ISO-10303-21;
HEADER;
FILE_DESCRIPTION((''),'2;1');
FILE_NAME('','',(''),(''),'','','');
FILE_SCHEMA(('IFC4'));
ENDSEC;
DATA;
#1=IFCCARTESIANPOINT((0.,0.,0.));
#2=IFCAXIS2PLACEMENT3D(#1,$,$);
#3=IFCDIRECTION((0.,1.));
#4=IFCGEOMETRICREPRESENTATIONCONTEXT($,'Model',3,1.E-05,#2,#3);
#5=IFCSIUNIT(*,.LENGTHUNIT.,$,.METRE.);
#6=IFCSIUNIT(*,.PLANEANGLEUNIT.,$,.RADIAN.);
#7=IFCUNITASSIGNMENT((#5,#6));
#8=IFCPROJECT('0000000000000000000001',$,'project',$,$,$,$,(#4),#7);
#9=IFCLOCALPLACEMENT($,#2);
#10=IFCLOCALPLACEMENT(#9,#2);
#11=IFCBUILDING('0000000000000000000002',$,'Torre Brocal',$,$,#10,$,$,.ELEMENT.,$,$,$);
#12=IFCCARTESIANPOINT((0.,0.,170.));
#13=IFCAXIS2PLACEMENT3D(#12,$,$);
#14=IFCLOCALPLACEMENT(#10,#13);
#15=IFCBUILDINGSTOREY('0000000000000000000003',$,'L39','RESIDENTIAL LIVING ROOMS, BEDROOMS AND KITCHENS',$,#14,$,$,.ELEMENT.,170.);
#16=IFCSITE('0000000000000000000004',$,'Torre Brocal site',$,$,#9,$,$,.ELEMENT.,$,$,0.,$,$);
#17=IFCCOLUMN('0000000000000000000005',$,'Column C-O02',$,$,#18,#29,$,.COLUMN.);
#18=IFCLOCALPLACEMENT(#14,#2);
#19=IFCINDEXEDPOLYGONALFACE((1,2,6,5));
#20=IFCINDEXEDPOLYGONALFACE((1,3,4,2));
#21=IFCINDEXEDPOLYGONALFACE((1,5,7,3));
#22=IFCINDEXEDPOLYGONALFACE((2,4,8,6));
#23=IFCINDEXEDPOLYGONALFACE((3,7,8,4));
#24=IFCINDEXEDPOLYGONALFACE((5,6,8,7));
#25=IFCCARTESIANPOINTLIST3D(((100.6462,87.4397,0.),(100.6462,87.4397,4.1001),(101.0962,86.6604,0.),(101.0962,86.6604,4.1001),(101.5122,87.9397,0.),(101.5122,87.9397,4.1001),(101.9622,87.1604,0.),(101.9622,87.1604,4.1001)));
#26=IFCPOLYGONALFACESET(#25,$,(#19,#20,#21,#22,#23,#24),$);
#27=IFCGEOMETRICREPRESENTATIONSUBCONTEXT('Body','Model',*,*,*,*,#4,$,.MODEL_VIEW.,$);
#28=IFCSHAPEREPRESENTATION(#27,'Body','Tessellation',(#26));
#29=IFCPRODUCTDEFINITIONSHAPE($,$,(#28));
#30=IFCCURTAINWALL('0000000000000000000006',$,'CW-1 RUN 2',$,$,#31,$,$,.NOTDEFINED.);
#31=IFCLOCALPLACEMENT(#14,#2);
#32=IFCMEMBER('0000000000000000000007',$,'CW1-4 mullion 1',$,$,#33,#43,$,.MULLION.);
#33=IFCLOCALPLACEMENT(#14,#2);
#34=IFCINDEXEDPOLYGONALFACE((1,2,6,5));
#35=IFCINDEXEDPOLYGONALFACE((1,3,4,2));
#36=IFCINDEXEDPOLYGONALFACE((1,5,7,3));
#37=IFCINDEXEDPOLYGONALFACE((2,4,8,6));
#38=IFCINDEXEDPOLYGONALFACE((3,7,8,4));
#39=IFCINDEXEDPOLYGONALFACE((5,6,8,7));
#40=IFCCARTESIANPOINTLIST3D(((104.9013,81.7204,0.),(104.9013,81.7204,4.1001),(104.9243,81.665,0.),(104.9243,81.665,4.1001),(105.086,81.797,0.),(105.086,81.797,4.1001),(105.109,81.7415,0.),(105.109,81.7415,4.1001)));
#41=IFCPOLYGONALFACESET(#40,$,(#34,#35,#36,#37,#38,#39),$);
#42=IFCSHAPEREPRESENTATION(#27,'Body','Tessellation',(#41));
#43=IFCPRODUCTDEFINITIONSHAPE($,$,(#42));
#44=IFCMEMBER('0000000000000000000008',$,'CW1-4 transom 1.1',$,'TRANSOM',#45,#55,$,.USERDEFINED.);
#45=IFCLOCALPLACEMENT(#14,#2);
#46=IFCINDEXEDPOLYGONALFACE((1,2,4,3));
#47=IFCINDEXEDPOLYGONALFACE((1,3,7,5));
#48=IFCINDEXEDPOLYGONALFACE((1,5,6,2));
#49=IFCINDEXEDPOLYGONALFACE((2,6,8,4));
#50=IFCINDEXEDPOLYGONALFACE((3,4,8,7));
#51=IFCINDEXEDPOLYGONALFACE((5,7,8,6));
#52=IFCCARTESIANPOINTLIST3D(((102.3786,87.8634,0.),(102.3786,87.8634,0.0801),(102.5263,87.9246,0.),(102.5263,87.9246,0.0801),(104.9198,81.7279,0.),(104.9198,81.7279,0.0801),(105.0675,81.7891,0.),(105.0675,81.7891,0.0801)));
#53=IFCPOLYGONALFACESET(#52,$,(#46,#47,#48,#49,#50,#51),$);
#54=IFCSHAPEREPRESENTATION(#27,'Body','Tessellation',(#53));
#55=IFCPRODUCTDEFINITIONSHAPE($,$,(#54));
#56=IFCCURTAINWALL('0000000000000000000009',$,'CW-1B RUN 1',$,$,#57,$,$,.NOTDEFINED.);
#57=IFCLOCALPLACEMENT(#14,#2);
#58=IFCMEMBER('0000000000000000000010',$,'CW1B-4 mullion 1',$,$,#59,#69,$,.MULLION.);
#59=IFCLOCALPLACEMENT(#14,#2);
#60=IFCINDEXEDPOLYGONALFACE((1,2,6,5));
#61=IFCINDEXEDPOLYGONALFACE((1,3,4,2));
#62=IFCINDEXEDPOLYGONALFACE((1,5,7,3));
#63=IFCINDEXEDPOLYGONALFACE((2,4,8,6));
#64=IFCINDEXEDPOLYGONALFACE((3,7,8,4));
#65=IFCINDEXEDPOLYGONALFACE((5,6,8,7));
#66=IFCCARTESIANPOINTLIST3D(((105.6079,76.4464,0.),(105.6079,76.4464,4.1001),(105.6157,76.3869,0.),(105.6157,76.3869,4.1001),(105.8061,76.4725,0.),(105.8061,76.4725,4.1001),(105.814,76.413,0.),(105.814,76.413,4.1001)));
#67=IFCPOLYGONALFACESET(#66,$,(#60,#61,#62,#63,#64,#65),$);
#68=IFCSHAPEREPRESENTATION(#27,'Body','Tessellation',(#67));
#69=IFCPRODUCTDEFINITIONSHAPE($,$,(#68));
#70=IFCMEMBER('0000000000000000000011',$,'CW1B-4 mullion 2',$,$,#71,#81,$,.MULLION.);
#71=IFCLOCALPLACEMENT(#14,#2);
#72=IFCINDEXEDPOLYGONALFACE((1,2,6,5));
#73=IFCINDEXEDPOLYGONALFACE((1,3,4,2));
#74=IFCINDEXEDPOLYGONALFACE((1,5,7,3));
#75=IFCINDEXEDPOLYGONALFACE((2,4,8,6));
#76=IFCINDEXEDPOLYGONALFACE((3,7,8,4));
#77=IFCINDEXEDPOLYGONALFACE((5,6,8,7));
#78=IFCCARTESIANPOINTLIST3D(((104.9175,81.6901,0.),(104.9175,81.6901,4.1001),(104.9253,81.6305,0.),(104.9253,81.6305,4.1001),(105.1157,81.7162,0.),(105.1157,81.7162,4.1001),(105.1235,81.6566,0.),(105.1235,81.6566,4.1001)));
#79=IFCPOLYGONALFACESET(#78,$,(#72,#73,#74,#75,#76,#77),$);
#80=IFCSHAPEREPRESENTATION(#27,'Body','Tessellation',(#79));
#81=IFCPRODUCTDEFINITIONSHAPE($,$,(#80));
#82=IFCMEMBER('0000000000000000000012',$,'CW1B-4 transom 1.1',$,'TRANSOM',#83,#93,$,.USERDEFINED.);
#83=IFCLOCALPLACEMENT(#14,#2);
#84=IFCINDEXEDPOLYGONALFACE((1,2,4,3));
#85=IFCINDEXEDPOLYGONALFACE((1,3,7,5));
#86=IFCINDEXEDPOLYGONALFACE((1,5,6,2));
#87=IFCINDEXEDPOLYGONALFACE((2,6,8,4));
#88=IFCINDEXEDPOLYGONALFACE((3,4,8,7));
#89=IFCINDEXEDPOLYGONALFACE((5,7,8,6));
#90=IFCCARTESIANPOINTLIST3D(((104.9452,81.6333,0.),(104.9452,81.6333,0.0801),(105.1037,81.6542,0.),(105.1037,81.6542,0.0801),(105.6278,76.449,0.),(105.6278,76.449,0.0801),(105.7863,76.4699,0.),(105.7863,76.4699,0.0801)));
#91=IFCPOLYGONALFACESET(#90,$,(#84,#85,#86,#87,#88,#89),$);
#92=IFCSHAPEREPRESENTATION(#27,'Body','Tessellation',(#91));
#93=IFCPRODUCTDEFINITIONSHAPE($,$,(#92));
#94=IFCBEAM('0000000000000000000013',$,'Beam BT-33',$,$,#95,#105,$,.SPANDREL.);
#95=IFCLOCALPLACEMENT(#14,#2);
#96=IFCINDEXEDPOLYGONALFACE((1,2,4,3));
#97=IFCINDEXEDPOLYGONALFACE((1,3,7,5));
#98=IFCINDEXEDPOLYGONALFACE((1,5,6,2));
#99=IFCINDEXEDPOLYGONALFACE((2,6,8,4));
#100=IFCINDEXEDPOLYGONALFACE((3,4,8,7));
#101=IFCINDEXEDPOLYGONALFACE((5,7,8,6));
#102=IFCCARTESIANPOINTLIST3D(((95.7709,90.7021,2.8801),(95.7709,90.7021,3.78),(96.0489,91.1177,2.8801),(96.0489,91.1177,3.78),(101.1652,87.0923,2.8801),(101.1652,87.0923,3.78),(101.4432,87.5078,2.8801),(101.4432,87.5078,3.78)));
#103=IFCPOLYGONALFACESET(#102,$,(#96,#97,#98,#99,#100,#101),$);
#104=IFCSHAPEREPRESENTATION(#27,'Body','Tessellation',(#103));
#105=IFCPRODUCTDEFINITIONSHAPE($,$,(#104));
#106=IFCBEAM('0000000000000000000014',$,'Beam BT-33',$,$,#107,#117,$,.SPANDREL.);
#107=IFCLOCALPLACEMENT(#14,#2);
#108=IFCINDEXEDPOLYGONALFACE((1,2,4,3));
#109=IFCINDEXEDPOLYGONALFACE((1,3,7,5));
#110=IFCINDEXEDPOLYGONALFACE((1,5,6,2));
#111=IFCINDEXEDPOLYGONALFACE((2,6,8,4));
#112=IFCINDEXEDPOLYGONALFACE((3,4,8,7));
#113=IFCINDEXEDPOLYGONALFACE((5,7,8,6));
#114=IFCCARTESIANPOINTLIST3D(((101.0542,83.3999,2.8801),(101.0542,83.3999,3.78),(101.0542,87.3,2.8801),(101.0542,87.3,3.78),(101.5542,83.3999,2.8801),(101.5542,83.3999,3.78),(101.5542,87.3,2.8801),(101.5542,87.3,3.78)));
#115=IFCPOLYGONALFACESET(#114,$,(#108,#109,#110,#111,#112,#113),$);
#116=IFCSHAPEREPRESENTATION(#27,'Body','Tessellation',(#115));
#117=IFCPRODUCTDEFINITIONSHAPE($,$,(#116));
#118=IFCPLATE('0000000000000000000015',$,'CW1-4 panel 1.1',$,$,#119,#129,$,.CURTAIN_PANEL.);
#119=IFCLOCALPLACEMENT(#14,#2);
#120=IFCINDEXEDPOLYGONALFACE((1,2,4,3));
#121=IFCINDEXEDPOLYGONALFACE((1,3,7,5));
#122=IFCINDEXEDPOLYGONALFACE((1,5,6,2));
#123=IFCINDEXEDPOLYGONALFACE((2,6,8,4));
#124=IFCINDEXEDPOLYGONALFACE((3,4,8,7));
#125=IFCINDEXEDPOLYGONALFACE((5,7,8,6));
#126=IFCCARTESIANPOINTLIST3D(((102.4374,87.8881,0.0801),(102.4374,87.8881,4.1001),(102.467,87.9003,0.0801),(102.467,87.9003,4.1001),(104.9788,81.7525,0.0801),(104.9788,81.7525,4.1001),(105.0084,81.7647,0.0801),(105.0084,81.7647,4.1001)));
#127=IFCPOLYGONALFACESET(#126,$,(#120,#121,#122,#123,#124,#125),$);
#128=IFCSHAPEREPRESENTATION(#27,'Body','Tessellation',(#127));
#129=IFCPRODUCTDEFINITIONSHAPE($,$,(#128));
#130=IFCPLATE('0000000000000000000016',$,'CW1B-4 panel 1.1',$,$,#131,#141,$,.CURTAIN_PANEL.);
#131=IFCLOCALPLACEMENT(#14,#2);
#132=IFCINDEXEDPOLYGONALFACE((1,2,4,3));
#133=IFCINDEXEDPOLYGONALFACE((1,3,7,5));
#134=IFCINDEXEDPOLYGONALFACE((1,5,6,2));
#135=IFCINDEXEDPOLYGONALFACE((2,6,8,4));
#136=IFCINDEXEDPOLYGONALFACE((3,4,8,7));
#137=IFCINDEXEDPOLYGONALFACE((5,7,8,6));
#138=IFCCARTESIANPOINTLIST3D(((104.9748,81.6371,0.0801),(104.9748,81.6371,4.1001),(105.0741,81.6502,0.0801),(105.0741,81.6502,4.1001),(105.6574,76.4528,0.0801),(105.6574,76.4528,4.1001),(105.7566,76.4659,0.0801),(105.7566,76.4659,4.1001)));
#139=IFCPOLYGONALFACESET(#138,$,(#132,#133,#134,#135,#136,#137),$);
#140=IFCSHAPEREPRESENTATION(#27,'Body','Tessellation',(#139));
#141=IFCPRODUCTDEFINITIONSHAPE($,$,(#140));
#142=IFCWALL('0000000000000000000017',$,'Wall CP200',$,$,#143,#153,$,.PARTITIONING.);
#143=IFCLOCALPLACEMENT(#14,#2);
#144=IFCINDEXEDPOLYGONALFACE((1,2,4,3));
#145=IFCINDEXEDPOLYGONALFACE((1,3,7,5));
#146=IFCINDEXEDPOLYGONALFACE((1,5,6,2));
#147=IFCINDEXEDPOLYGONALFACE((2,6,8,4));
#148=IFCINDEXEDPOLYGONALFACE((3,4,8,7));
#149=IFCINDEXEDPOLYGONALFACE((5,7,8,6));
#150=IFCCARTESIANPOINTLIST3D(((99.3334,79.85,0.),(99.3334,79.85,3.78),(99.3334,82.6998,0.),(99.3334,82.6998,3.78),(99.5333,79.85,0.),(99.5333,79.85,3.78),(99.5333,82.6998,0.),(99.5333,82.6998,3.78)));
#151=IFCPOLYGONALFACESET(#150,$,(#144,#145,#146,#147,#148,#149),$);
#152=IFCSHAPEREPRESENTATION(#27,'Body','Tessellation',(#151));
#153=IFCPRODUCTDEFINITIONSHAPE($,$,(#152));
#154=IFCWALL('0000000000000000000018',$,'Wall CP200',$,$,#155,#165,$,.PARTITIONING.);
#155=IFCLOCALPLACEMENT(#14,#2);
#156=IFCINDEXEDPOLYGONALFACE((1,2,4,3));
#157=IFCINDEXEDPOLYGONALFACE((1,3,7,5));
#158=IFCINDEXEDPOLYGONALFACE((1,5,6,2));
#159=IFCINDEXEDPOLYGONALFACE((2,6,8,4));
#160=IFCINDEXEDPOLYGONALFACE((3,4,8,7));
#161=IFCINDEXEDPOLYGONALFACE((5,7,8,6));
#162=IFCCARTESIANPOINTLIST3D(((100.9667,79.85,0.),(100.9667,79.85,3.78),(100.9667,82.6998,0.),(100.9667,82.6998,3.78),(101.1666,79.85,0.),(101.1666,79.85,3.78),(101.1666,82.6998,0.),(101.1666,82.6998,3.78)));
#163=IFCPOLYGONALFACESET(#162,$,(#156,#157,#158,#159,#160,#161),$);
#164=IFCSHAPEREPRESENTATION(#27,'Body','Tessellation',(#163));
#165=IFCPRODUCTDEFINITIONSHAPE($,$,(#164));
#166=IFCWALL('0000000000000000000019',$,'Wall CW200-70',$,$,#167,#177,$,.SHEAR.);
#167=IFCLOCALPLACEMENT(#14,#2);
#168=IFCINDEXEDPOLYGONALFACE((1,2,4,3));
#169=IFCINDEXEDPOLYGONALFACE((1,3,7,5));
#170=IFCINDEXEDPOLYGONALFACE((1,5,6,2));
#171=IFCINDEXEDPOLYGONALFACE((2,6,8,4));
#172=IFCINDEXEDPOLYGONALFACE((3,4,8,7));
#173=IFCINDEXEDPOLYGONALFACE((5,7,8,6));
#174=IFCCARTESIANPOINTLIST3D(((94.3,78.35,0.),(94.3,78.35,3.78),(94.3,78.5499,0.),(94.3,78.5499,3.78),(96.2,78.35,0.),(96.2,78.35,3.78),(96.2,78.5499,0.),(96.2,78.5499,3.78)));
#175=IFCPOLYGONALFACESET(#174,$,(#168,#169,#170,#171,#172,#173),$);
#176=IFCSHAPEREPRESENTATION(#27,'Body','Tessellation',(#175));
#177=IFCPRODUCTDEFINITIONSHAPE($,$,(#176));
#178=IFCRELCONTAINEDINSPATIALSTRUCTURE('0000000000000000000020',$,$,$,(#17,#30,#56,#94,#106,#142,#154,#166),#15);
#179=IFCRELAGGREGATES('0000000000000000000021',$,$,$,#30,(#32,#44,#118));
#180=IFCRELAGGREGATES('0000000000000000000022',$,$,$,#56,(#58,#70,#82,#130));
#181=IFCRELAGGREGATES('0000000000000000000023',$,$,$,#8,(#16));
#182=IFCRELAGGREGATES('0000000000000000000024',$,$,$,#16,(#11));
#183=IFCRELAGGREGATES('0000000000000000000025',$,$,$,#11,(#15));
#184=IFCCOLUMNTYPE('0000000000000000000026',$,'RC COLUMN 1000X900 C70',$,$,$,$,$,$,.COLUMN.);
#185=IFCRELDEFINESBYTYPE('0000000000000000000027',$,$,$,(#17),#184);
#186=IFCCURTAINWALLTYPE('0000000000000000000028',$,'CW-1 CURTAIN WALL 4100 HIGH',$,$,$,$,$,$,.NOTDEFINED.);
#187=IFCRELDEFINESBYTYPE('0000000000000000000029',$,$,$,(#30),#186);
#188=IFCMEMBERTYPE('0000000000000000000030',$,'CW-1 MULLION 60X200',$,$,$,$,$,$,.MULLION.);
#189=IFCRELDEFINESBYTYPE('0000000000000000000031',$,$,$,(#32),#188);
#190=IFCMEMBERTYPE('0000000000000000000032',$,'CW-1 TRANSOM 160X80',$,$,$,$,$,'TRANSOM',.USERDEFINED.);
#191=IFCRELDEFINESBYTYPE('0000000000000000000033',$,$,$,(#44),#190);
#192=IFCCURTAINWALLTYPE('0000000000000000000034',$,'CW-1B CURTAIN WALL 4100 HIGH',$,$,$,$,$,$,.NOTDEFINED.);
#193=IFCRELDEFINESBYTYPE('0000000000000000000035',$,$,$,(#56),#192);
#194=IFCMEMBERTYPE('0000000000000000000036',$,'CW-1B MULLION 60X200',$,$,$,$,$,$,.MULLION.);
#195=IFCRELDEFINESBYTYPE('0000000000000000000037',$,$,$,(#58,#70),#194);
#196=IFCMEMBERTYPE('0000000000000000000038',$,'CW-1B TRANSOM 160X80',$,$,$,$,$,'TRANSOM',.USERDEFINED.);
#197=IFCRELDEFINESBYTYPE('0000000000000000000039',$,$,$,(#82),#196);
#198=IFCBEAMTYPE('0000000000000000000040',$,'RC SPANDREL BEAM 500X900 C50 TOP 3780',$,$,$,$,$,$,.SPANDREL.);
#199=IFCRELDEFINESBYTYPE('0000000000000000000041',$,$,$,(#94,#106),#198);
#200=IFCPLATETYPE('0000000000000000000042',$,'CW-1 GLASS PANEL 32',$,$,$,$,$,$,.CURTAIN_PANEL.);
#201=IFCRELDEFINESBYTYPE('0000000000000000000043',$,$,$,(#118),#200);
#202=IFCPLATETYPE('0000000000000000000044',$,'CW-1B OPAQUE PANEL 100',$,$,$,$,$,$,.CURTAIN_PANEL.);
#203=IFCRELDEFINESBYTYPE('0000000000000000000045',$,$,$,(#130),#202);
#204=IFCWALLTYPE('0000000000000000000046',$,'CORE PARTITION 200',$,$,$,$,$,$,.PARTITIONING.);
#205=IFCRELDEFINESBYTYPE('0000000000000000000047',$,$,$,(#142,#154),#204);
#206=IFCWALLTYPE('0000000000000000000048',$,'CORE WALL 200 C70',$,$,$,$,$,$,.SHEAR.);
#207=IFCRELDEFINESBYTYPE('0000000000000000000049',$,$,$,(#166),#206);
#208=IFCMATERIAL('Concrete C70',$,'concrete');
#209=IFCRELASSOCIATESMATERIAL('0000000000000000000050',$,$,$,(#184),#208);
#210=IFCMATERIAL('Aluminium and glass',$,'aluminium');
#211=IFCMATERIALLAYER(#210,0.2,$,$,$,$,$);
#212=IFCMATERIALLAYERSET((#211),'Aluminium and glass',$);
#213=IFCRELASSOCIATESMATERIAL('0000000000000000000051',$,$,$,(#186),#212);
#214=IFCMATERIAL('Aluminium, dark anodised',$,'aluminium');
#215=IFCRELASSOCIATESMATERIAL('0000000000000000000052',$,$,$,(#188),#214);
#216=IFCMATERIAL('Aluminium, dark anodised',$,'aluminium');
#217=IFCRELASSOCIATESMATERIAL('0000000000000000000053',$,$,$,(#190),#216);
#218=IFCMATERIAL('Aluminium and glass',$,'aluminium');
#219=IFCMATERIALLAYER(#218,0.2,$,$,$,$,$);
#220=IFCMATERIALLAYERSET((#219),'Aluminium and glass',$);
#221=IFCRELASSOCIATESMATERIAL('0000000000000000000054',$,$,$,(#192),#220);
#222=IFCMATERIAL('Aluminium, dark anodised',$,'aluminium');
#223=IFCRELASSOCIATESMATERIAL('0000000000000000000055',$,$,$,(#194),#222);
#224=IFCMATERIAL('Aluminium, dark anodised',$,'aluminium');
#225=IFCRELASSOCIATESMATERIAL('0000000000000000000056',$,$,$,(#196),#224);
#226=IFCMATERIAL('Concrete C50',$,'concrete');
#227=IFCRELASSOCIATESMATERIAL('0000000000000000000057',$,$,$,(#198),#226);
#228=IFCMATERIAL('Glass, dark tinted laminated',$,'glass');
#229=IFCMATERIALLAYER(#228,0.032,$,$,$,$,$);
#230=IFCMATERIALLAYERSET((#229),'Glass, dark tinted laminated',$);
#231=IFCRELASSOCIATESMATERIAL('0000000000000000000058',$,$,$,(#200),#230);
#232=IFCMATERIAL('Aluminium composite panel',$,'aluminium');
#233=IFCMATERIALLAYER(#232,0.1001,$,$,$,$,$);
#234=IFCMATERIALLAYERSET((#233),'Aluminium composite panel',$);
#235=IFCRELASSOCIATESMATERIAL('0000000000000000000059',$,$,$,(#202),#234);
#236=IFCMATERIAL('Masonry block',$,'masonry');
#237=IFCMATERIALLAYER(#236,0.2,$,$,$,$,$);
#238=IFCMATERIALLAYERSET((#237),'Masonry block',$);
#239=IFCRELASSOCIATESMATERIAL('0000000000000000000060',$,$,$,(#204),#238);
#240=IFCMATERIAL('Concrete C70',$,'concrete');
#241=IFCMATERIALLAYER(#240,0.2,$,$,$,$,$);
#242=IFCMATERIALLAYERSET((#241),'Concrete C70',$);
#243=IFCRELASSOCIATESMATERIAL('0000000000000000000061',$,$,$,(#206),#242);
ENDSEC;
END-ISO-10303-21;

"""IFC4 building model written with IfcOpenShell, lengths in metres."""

from ifc_helpers import new_model, si_unit, direction, frame, frame_2d, origin, origin_2d, place, context, subcontext, project, spatial, rectangle, extrude, material, layer, layer_set, material_profile, profile_set, type_object, element, aggregate, save


model = new_model("IFC4")

# Units and contexts
model_context = context("Model", 3, precision=1e-05, world=origin(), true_north=direction((0.0, 1.0)))
body_context = subcontext(model_context, "Body", "Model", "MODEL_VIEW")
ifc_project = project(units=[si_unit("LENGTHUNIT", "METRE"), si_unit("PLANEANGLEUNIT", "RADIAN")], contexts=[model_context])

# Site, building, storey
site_placement = place(None, origin())
site = spatial("IfcSite", under=ifc_project, at=site_placement, Name="Torre Brocal site", CompositionType="ELEMENT", RefElevation=0.0)
building_placement = place(site_placement, origin())
building = spatial("IfcBuilding", under=site, at=building_placement, Name="Torre Brocal", CompositionType="ELEMENT")
storey_placement = place(building_placement, frame((0.0, 0.0, 170.0)))
storey = spatial("IfcBuildingStorey", under=building, at=storey_placement, Name="L39", Description="RESIDENTIAL LIVING ROOMS, BEDROOMS AND KITCHENS", CompositionType="ELEMENT", Elevation=170.0)

# Column
ifc_material_1 = material(Name="Concrete C70", Category="concrete")
ifc_material_profile_1 = material_profile(ifc_material_1, rectangle(XDim=1.0, YDim=0.8999, at=origin_2d()), Name="RC 1000X900")
ifc_profile_set_1 = profile_set([ifc_material_profile_1], Name="Concrete C70")
column_type = type_object("IfcColumnType", Name="RC COLUMN 1000X900 C70", PredefinedType="COLUMN", material=ifc_profile_set_1)
column_placement = place(storey_placement, frame((101.3042, 87.3, 0.0), z_axis=(0.0, 0.0, 1.0), x_axis=(0.866025, 0.5, 0.0)))
element("IfcColumn", 1, at=column_placement, inside=storey, type_object=column_type, Name="Column C-O02", PredefinedType="COLUMN", context=body_context, shape_type="SweptSolid", body=[
    extrude(rectangle(XDim=1.0, YDim=0.8999, at=origin_2d()), origin(), (0.0, 0.0, 1.0), 4.1001),
])

# Curtain walls, members
ifc_material_2 = material(Name="Aluminium and glass", Category="aluminium")
ifc_layer_1 = layer(ifc_material_2, 0.2)
ifc_layer_set_1 = layer_set([ifc_layer_1], Name="Aluminium and glass")
curtain_wall_type_1 = type_object("IfcCurtainWallType", Name="CW-1 CURTAIN WALL 4100 HIGH", PredefinedType="NOTDEFINED", material=ifc_layer_set_1)
curtain_wall_1_placement = place(storey_placement, origin())
curtain_wall_1 = element("IfcCurtainWall", 2, at=curtain_wall_1_placement, inside=storey, type_object=curtain_wall_type_1, Name="CW-1 RUN 2", PredefinedType="NOTDEFINED")
ifc_material_3 = material(Name="Aluminium, dark anodised", Category="aluminium")
ifc_material_profile_2 = material_profile(ifc_material_3, rectangle(XDim=0.2, YDim=0.0601, at=origin_2d()), Name="CW-1 MULLION 60X200")
ifc_profile_set_2 = profile_set([ifc_material_profile_2], Name="Aluminium, dark anodised")
member_type_1 = type_object("IfcMemberType", Name="CW-1 MULLION 60X200", PredefinedType="MULLION", material=ifc_profile_set_2)
member_1_placement = place(storey_placement, frame((105.0051, 81.731, 0.0), z_axis=(0.0, 0.0, 1.0), x_axis=(-0.92388, -0.382683, 0.0)))
member_1 = element("IfcMember", 3, at=member_1_placement, type_object=member_type_1, Name="CW1-4 mullion 1", PredefinedType="MULLION", context=body_context, shape_type="SweptSolid", body=[
    extrude(rectangle(XDim=0.2, YDim=0.0601, at=origin_2d()), origin(), (0.0, 0.0, 1.0), 4.1001),
])
ifc_material_4 = material(Name="Aluminium, dark anodised", Category="aluminium")
ifc_material_profile_3 = material_profile(ifc_material_4, rectangle(XDim=0.1599, YDim=0.0801, at=origin_2d()), Name="CW-1 TRANSOM 160X80")
ifc_profile_set_3 = profile_set([ifc_material_profile_3], Name="Aluminium, dark anodised")
member_type_2 = type_object("IfcMemberType", Name="CW-1 TRANSOM 160X80", ElementType="TRANSOM", PredefinedType="USERDEFINED", material=ifc_profile_set_3)
member_2_placement = place(storey_placement, frame((104.9937, 81.7585, 0.04), z_axis=(-0.382665, 0.923887, 0.0), x_axis=(-0.923887, -0.382665, 0.0)))
member_2 = element("IfcMember", 4, at=member_2_placement, type_object=member_type_2, Name="CW1-4 transom 1.1", ObjectType="TRANSOM", PredefinedType="USERDEFINED", context=body_context, shape_type="SweptSolid", body=[
    extrude(rectangle(XDim=0.1599, YDim=0.0801, at=origin_2d()), origin(), (0.0, 0.0, 1.0), 6.6409),
])
ifc_material_5 = material(Name="Aluminium and glass", Category="aluminium")
ifc_layer_2 = layer(ifc_material_5, 0.2)
ifc_layer_set_2 = layer_set([ifc_layer_2], Name="Aluminium and glass")
curtain_wall_type_2 = type_object("IfcCurtainWallType", Name="CW-1B CURTAIN WALL 4100 HIGH", PredefinedType="NOTDEFINED", material=ifc_layer_set_2)
curtain_wall_2_placement = place(storey_placement, origin())
curtain_wall_2 = element("IfcCurtainWall", 5, at=curtain_wall_2_placement, inside=storey, type_object=curtain_wall_type_2, Name="CW-1B RUN 1", PredefinedType="NOTDEFINED")
ifc_material_6 = material(Name="Aluminium, dark anodised", Category="aluminium")
ifc_material_profile_4 = material_profile(ifc_material_6, rectangle(XDim=0.2, YDim=0.0601, at=origin_2d()), Name="CW-1B MULLION 60X200")
ifc_profile_set_4 = profile_set([ifc_material_profile_4], Name="Aluminium, dark anodised")
member_type_3 = type_object("IfcMemberType", Name="CW-1B MULLION 60X200", PredefinedType="MULLION", material=ifc_profile_set_4)
member_3_placement = place(storey_placement, frame((105.7109, 76.4297, 0.0), z_axis=(0.0, 0.0, 1.0), x_axis=(-0.991445, -0.130526, 0.0)))
member_3 = element("IfcMember", 6, at=member_3_placement, type_object=member_type_3, Name="CW1B-4 mullion 1", PredefinedType="MULLION", context=body_context, shape_type="SweptSolid", body=[
    extrude(rectangle(XDim=0.2, YDim=0.0601, at=origin_2d()), origin(), (0.0, 0.0, 1.0), 4.1001),
])
member_4_placement = place(storey_placement, frame((105.0205, 81.6733, 0.0), z_axis=(0.0, 0.0, 1.0), x_axis=(-0.991445, -0.130526, 0.0)))
member_4 = element("IfcMember", 7, at=member_4_placement, type_object=member_type_3, Name="CW1B-4 mullion 2", PredefinedType="MULLION", context=body_context, shape_type="SweptSolid", body=[
    extrude(rectangle(XDim=0.2, YDim=0.0601, at=origin_2d()), origin(), (0.0, 0.0, 1.0), 4.1001),
])
ifc_material_7 = material(Name="Aluminium, dark anodised", Category="aluminium")
ifc_material_profile_5 = material_profile(ifc_material_7, rectangle(XDim=0.1599, YDim=0.0801, at=origin_2d()), Name="CW-1B TRANSOM 160X80")
ifc_profile_set_5 = profile_set([ifc_material_profile_5], Name="Aluminium, dark anodised")
member_type_4 = type_object("IfcMemberType", Name="CW-1B TRANSOM 160X80", ElementType="TRANSOM", PredefinedType="USERDEFINED", material=ifc_profile_set_5)
member_5_placement = place(storey_placement, frame((105.707, 76.4595, 0.04), z_axis=(-0.130543, 0.991443, 0.0), x_axis=(-0.991443, -0.130543, 0.0)))
member_5 = element("IfcMember", 8, at=member_5_placement, type_object=member_type_4, Name="CW1B-4 transom 1.1", ObjectType="TRANSOM", PredefinedType="USERDEFINED", context=body_context, shape_type="SweptSolid", body=[
    extrude(rectangle(XDim=0.1599, YDim=0.0801, at=origin_2d()), origin(), (0.0, 0.0, 1.0), 5.229),
])

# Beams
ifc_material_8 = material(Name="Concrete C50", Category="concrete")
ifc_material_profile_6 = material_profile(ifc_material_8, rectangle(XDim=0.5, YDim=0.8999, at=origin_2d()), Name="RC 500X900")
ifc_profile_set_6 = profile_set([ifc_material_profile_6], Name="Concrete C50")
beam_type = type_object("IfcBeamType", Name="RC SPANDREL BEAM 500X900 C50 TOP 3780", PredefinedType="SPANDREL", material=ifc_profile_set_6)
beam_1_placement = place(storey_placement, frame((101.3042, 87.3, 3.3301), z_axis=(-0.831077, 0.556158, 0.0), x_axis=(-0.556158, -0.831077, 0.0)))
element("IfcBeam", 9, at=beam_1_placement, inside=storey, type_object=beam_type, Name="Beam BT-33", PredefinedType="SPANDREL", context=body_context, shape_type="SweptSolid", body=[
    extrude(rectangle(XDim=0.5, YDim=0.8999, at=origin_2d()), origin(), (0.0, 0.0, 1.0), 6.4907),
])
beam_2_placement = place(storey_placement, frame((101.3042, 87.3, 3.3301), z_axis=(0.0, -1.0, 0.0), x_axis=(1.0, 0.0, 0.0)))
element("IfcBeam", 10, at=beam_2_placement, inside=storey, type_object=beam_type, Name="Beam BT-33", PredefinedType="SPANDREL", context=body_context, shape_type="SweptSolid", body=[
    extrude(rectangle(XDim=0.5, YDim=0.8999, at=origin_2d()), origin(), (0.0, 0.0, 1.0), 3.9001),
])

# Plates
ifc_material_9 = material(Name="Glass, dark tinted laminated", Category="glass")
ifc_layer_3 = layer(ifc_material_9, 0.032)
ifc_layer_set_3 = layer_set([ifc_layer_3], Name="Glass, dark tinted laminated")
plate_type_1 = type_object("IfcPlateType", Name="CW-1 GLASS PANEL 32", PredefinedType="CURTAIN_PANEL", material=ifc_layer_set_3)
plate_1_placement = place(storey_placement, frame((103.7229, 84.8264, 0.0801), z_axis=(0.0, 0.0, 1.0), x_axis=(-0.382683, 0.92388, 0.0)))
plate_1 = element("IfcPlate", 11, at=plate_1_placement, type_object=plate_type_1, Name="CW1-4 panel 1.1", PredefinedType="CURTAIN_PANEL", context=body_context, shape_type="SweptSolid", body=[
    extrude(rectangle(XDim=6.6411, YDim=0.032, at=origin_2d()), origin(), (0.0, 0.0, 1.0), 4.02),
])
aggregate(curtain_wall_1, [member_1, member_2, plate_1])
ifc_material_10 = material(Name="Aluminium composite panel", Category="aluminium")
ifc_layer_4 = layer(ifc_material_10, 0.1001)
ifc_layer_set_4 = layer_set([ifc_layer_4], Name="Aluminium composite panel")
plate_type_2 = type_object("IfcPlateType", Name="CW-1B OPAQUE PANEL 100", PredefinedType="CURTAIN_PANEL", material=ifc_layer_set_4)
plate_2_placement = place(storey_placement, frame((105.3657, 79.0515, 0.0801), z_axis=(0.0, 0.0, 1.0), x_axis=(-0.130526, 0.991445, 0.0)))
plate_2 = element("IfcPlate", 12, at=plate_2_placement, type_object=plate_type_2, Name="CW1B-4 panel 1.1", PredefinedType="CURTAIN_PANEL", context=body_context, shape_type="SweptSolid", body=[
    extrude(rectangle(XDim=5.229, YDim=0.1001, at=origin_2d()), origin(), (0.0, 0.0, 1.0), 4.02),
])
aggregate(curtain_wall_2, [member_3, member_4, member_5, plate_2])

# Walls
ifc_material_11 = material(Name="Masonry block", Category="masonry")
ifc_layer_5 = layer(ifc_material_11, 0.2)
ifc_layer_set_5 = layer_set([ifc_layer_5], Name="Masonry block")
wall_type_1 = type_object("IfcWallType", Name="CORE PARTITION 200", PredefinedType="PARTITIONING", material=ifc_layer_set_5)
for number, where, z_axis, x_axis, name in (
    (13, (99.4333, 79.8501, 0.0), (0.0, 0.0, 1.0), (0.0, 1.0, 0.0), "Wall CP200"),
    (14, (101.0667, 79.8501, 0.0), (0.0, 0.0, 1.0), (0.0, 1.0, 0.0), "Wall CP200"),
):
    element("IfcWall", number, at=place(storey_placement, frame(where, z_axis=z_axis, x_axis=x_axis)), inside=storey, type_object=wall_type_1, Name=name, PredefinedType="PARTITIONING", context=body_context, shape_type="SweptSolid", body=[
        extrude(rectangle(XDim=2.8499, YDim=0.2, at=frame_2d((1.4248, 0.0))), origin(), (0.0, 0.0, 1.0), 3.78),
    ])
ifc_material_12 = material(Name="Concrete C70", Category="concrete")
ifc_layer_6 = layer(ifc_material_12, 0.2)
ifc_layer_set_6 = layer_set([ifc_layer_6], Name="Concrete C70")
wall_type_2 = type_object("IfcWallType", Name="CORE WALL 200 C70", PredefinedType="SHEAR", material=ifc_layer_set_6)
wall_1_placement = place(storey_placement, frame((94.3, 78.45, 0.0), z_axis=(0.0, 0.0, 1.0), x_axis=(1.0, 0.0, 0.0)))
element("IfcWall", 15, at=wall_1_placement, inside=storey, type_object=wall_type_2, Name="Wall CW200-70", PredefinedType="SHEAR", context=body_context, shape_type="SweptSolid", body=[
    extrude(rectangle(XDim=1.8999, YDim=0.2, at=frame_2d((0.95, 0.0))), origin(), (0.0, 0.0, 1.0), 3.78),
])

save(model, "model.ifc")
